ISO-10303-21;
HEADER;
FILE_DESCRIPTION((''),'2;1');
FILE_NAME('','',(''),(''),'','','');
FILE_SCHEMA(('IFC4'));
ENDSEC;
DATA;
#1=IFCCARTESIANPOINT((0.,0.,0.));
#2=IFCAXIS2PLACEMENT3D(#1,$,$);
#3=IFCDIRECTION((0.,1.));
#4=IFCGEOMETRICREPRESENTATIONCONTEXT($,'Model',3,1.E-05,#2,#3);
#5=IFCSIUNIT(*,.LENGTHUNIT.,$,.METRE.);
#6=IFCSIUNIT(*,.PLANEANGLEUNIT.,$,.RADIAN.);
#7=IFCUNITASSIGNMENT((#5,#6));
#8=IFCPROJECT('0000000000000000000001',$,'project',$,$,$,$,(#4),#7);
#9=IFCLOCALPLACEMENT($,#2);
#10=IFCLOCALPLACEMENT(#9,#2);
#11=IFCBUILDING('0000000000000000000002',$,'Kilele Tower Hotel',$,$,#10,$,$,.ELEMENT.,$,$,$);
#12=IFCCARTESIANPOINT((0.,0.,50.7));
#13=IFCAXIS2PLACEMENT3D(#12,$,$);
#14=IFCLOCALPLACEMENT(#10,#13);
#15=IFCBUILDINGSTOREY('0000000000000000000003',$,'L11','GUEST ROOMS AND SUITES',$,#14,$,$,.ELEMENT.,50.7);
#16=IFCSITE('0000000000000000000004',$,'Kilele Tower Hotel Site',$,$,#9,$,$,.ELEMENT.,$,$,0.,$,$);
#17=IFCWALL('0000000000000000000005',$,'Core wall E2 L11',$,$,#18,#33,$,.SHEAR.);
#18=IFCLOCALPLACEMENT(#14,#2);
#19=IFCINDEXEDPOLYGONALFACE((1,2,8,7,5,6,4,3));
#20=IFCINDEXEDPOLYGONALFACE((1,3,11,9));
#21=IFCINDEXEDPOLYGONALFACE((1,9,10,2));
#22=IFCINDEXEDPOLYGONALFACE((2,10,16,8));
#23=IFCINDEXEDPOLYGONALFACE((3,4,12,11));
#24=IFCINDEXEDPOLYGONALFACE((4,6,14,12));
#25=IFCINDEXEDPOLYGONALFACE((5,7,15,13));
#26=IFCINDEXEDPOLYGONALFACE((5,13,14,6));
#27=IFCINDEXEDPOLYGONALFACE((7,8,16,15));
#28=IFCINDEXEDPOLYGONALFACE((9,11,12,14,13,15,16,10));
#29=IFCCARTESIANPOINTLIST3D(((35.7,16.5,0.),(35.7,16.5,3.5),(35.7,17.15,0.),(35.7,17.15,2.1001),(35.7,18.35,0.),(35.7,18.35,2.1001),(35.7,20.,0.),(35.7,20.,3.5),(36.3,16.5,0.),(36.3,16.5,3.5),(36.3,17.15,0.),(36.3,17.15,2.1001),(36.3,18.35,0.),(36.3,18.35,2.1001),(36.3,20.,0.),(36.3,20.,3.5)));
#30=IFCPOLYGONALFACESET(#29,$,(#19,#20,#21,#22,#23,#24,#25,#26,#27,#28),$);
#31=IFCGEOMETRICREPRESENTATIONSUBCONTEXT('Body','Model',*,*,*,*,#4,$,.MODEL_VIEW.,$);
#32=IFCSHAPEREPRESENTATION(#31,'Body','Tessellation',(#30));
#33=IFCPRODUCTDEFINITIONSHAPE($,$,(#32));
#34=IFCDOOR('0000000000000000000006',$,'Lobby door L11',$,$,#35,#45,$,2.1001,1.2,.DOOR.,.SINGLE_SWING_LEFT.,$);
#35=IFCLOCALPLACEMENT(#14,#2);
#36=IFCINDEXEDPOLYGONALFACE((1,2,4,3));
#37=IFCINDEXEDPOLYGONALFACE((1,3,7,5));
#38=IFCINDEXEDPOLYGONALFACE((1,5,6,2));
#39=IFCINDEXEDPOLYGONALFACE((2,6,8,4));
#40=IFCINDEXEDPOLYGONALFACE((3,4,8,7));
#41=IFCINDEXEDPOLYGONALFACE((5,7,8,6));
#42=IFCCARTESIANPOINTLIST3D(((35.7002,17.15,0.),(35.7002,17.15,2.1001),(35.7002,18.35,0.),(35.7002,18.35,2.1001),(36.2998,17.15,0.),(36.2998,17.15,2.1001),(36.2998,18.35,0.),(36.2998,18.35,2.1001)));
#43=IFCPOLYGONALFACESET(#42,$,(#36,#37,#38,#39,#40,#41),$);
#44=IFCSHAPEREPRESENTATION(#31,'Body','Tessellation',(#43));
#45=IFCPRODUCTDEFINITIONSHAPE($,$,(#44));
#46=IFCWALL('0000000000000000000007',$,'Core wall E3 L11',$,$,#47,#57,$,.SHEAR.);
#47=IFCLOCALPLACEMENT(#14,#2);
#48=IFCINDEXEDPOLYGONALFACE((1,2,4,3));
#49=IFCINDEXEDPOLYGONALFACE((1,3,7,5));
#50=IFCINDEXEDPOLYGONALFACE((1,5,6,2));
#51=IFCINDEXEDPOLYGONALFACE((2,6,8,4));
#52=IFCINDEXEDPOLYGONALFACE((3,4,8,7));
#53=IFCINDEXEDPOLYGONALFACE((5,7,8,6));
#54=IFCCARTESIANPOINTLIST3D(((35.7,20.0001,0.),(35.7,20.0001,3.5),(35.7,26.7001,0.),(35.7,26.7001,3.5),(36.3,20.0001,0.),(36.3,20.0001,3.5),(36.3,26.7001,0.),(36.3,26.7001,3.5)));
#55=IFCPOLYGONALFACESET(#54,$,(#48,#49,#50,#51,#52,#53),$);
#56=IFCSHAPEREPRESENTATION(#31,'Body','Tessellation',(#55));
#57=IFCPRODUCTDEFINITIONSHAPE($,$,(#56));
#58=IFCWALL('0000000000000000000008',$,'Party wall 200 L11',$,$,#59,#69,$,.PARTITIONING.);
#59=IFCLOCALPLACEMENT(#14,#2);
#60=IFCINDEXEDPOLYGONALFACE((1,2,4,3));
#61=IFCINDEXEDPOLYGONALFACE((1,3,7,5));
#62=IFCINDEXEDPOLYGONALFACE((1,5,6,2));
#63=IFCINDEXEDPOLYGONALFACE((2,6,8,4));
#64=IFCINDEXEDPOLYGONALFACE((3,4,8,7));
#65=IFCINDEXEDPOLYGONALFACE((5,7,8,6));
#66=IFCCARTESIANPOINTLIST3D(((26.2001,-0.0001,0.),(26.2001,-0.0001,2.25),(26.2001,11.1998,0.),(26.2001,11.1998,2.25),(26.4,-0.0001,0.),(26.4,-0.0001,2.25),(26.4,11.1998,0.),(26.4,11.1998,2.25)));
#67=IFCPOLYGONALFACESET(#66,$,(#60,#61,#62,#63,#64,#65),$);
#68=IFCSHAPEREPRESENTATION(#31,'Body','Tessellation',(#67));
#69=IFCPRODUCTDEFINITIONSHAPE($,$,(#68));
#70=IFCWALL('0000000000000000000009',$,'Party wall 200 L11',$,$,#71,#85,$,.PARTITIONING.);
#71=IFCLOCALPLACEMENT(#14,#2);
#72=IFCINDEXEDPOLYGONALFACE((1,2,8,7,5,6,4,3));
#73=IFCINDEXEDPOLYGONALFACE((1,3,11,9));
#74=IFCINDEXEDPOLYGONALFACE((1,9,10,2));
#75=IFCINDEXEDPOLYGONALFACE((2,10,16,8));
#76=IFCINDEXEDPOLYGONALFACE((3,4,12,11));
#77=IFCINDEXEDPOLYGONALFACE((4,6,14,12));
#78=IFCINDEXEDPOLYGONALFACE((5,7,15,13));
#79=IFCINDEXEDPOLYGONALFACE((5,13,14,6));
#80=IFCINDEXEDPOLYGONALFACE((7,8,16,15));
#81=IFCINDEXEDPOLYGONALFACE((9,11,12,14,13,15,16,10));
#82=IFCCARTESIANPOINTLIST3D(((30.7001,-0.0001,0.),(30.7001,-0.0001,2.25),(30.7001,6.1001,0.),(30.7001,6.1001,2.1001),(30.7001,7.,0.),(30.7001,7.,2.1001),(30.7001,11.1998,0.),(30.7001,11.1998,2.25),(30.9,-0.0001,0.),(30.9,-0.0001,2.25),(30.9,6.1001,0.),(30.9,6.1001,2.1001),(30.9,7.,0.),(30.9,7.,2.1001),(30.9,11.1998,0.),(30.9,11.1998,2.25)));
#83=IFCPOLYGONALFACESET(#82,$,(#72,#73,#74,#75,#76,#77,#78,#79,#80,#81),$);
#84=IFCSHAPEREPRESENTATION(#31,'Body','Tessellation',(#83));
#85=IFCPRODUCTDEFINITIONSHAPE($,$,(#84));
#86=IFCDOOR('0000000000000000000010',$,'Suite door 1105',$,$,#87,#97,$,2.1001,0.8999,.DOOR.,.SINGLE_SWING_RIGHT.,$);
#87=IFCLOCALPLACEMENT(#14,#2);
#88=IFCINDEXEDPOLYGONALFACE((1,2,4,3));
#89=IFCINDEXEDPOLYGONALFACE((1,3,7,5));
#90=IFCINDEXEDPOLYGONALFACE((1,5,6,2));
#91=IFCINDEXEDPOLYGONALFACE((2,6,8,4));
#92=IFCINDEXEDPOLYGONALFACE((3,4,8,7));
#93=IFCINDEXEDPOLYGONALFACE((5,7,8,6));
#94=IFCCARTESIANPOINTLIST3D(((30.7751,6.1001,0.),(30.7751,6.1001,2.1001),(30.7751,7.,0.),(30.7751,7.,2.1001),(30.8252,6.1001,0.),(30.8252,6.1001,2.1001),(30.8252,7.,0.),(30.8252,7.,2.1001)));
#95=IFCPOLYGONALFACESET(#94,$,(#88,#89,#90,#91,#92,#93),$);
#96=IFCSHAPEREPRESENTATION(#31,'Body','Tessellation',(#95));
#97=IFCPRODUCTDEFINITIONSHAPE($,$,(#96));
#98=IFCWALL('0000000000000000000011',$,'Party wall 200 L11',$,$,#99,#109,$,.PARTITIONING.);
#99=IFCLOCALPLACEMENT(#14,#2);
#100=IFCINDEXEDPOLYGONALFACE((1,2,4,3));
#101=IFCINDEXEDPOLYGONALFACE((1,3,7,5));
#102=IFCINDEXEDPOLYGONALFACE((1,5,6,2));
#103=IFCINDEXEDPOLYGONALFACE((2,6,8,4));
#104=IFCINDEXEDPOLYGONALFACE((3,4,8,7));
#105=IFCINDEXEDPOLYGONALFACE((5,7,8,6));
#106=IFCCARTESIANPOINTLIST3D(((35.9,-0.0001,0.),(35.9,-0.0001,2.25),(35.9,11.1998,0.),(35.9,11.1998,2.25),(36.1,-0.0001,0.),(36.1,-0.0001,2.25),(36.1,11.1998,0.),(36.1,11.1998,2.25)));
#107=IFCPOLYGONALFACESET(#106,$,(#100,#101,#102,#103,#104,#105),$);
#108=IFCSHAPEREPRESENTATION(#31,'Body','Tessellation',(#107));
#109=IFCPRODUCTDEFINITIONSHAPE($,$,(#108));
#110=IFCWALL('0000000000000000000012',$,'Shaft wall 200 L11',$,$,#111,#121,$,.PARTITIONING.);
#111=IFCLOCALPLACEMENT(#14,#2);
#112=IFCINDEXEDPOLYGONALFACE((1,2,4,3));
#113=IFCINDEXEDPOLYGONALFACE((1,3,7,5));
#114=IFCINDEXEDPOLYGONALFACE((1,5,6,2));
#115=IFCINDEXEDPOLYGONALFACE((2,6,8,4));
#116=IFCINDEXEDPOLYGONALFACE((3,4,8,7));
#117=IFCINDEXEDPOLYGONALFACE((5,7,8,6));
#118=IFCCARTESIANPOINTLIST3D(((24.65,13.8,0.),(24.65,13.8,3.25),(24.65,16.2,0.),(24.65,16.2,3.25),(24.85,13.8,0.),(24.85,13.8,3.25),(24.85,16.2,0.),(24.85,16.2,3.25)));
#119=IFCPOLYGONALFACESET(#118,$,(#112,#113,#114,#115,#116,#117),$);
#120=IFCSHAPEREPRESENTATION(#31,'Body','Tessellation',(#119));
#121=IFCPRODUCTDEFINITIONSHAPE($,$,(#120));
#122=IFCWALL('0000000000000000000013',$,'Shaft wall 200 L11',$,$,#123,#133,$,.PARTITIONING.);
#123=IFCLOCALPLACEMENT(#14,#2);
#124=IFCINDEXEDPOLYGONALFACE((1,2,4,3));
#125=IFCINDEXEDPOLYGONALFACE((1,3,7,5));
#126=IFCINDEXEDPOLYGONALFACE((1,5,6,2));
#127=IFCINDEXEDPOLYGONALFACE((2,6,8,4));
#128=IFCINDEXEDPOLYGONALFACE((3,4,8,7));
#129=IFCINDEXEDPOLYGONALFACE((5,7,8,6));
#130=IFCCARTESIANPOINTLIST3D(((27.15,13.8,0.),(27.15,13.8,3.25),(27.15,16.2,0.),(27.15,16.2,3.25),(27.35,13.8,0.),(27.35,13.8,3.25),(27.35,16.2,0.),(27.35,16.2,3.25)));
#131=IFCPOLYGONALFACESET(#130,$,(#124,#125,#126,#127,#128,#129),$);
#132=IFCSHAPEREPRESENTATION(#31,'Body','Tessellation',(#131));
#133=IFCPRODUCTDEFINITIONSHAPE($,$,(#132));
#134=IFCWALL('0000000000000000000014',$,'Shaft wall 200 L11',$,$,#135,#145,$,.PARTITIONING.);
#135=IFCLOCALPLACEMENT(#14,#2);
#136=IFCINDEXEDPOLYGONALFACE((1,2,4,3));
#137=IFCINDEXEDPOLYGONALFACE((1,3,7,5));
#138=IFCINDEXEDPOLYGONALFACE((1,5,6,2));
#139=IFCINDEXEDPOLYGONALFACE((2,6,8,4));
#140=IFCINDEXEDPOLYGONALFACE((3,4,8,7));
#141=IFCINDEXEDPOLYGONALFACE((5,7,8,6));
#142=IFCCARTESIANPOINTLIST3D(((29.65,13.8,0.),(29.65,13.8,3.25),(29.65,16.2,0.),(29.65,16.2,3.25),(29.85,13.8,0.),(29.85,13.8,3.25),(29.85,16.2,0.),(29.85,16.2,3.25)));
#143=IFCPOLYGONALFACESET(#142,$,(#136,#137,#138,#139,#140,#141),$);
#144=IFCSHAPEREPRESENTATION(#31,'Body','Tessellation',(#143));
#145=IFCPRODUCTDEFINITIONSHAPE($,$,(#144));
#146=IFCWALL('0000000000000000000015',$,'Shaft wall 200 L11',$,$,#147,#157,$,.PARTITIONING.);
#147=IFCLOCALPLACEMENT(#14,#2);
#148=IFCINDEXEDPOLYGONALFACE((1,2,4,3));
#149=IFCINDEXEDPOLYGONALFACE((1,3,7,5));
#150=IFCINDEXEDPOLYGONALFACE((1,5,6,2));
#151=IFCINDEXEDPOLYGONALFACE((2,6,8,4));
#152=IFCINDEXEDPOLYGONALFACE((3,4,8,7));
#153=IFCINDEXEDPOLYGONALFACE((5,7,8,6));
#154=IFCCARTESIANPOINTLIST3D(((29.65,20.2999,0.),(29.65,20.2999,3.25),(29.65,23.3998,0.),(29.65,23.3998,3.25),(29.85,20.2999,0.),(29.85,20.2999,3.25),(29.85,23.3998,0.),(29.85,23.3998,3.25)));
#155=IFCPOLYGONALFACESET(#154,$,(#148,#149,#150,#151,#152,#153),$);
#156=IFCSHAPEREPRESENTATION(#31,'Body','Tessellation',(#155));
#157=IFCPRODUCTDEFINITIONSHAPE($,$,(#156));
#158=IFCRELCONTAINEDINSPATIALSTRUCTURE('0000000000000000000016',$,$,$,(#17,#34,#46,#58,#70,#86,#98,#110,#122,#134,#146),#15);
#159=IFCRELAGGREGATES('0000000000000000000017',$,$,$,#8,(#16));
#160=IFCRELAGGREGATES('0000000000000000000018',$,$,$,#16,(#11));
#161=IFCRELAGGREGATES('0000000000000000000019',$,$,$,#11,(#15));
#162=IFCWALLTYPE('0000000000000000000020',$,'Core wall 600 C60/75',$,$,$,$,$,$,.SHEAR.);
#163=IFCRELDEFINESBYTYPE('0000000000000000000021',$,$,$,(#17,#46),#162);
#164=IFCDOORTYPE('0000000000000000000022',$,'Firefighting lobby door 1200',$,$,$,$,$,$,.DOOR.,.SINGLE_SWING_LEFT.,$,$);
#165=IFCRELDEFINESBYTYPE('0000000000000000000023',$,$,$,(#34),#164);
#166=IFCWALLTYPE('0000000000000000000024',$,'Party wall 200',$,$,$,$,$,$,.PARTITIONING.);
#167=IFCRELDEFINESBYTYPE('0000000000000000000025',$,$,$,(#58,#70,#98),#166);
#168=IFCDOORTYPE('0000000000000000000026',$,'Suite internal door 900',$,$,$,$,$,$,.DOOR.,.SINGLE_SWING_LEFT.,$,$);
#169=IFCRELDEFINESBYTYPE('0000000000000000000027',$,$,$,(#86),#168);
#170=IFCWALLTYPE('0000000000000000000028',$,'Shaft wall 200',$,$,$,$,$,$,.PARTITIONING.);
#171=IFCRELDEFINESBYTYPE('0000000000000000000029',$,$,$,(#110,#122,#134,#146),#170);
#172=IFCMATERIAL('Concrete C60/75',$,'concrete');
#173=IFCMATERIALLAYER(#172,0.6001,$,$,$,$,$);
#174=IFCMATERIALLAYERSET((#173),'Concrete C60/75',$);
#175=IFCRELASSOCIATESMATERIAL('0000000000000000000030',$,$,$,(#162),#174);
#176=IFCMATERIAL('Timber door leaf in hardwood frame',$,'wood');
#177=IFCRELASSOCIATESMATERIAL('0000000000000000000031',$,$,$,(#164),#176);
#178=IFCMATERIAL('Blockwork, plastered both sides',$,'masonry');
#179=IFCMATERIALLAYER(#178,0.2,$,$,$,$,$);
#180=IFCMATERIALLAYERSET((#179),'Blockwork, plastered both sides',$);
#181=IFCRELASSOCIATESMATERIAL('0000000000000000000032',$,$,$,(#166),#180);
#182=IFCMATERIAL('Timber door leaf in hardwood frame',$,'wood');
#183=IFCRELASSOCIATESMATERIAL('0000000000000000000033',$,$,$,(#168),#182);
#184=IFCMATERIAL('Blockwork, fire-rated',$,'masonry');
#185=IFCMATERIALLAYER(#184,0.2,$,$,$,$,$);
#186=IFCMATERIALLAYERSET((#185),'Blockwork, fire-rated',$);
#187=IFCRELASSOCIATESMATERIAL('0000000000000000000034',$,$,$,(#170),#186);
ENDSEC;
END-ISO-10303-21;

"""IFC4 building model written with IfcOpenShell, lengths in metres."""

from ifc_helpers import new_model, si_unit, direction, frame, frame_2d, origin, place, context, subcontext, project, spatial, rectangle, extrude, material, layer, layer_set, type_object, element, fill, save


model = new_model("IFC4")

# Units and contexts
model_context = context("Model", 3, precision=1e-05, world=origin(), true_north=direction((0.0, 1.0)))
body_context = subcontext(model_context, "Body", "Model", "MODEL_VIEW")
ifc_project = project(units=[si_unit("LENGTHUNIT", "METRE"), si_unit("PLANEANGLEUNIT", "RADIAN")], contexts=[model_context])

# Site, building, storey
site_placement = place(None, origin())
site = spatial("IfcSite", under=ifc_project, at=site_placement, Name="Kilele Tower Hotel Site", CompositionType="ELEMENT", RefElevation=0.0)
building_placement = place(site_placement, origin())
building = spatial("IfcBuilding", under=site, at=building_placement, Name="Kilele Tower Hotel", CompositionType="ELEMENT")
storey_placement = place(building_placement, frame((0.0, 0.0, 50.7)))
storey = spatial("IfcBuildingStorey", under=building, at=storey_placement, Name="L11", Description="GUEST ROOMS AND SUITES", CompositionType="ELEMENT", Elevation=50.7)

# Shared definitions
ifc_material_1 = material(Name="Concrete C60/75", Category="concrete")
ifc_layer_1 = layer(ifc_material_1, 0.6001)
ifc_layer_set_1 = layer_set([ifc_layer_1], Name="Concrete C60/75")
wall_type_1 = type_object("IfcWallType", Name="Core wall 600 C60/75", PredefinedType="SHEAR", material=ifc_layer_set_1)
ifc_material_2 = material(Name="Timber door leaf in hardwood frame", Category="wood")
door_type_1 = type_object("IfcDoorType", Name="Firefighting lobby door 1200", OperationType="SINGLE_SWING_LEFT", PredefinedType="DOOR", material=ifc_material_2)

# Wall, opening, door
wall_1_placement = place(storey_placement, frame((36.0, 16.5, 0.0), z_axis=(0.0, 0.0, 1.0), x_axis=(0.0, 1.0, 0.0)))
wall_1 = element("IfcWall", 1, at=wall_1_placement, inside=storey, type_object=wall_type_1, Name="Core wall E2 L11", PredefinedType="SHEAR", context=body_context, shape_type="SweptSolid", body=[
    extrude(rectangle(XDim=3.5, YDim=0.6001, at=frame_2d((1.75, 0.0))), origin(), (0.0, 0.0, 1.0), 3.5),
])
opening_1_placement = place(wall_1_placement, frame((0.6499, 0.0, 0.0)))
opening_1 = element("IfcOpeningElement", 2, at=opening_1_placement, cuts=wall_1, PredefinedType="OPENING", context=body_context, shape_type="SweptSolid", body=[
    extrude(rectangle(XDim=1.2, YDim=2.1001, at=frame_2d((0.6001, 1.05))), frame((0.0, 0.3101, 0.0), z_axis=(0.0, -1.0, 0.0), x_axis=(1.0, 0.0, 0.0)), (0.0, 0.0, 1.0), 0.6201),
])
door_1_placement = place(opening_1_placement, origin())
door_1 = element("IfcDoor", 3, at=door_1_placement, inside=storey, type_object=door_type_1, Name="Lobby door L11", OperationType="SINGLE_SWING_LEFT", OverallHeight=2.1001, OverallWidth=1.2, PredefinedType="DOOR", context=body_context, shape_type="SweptSolid", body=[
    extrude(rectangle(XDim=1.2, YDim=2.1001, at=frame_2d((0.6001, 1.05))), frame((0.0, 0.2998, 0.0), z_axis=(0.0, -1.0, 0.0), x_axis=(1.0, 0.0, 0.0)), (0.0, 0.0, 1.0), 0.5996),
])
fill(opening_1, door_1)

# Walls
wall_2_placement = place(storey_placement, frame((36.0, 20.0, 0.0), z_axis=(0.0, 0.0, 1.0), x_axis=(0.0, 1.0, 0.0)))
element("IfcWall", 4, at=wall_2_placement, inside=storey, type_object=wall_type_1, Name="Core wall E3 L11", PredefinedType="SHEAR", context=body_context, shape_type="SweptSolid", body=[
    extrude(rectangle(XDim=6.7, YDim=0.6001, at=frame_2d((3.3501, 0.0))), origin(), (0.0, 0.0, 1.0), 3.5),
])
ifc_material_3 = material(Name="Blockwork, plastered both sides", Category="masonry")
ifc_layer_2 = layer(ifc_material_3, 0.2)
ifc_layer_set_2 = layer_set([ifc_layer_2], Name="Blockwork, plastered both sides")
wall_type_2 = type_object("IfcWallType", Name="Party wall 200", PredefinedType="PARTITIONING", material=ifc_layer_set_2)
wall_3_placement = place(storey_placement, frame((26.3, 11.2, 0.0), z_axis=(0.0, 0.0, 1.0), x_axis=(0.0, -1.0, 0.0)))
element("IfcWall", 5, at=wall_3_placement, inside=storey, type_object=wall_type_2, Name="Party wall 200 L11", PredefinedType="PARTITIONING", context=body_context, shape_type="SweptSolid", body=[
    extrude(rectangle(XDim=11.2, YDim=0.2, at=frame_2d((5.6001, 0.0))), origin(), (0.0, 0.0, 1.0), 2.25),
])

# Wall, opening, door
wall_4_placement = place(storey_placement, frame((30.8, 11.2, 0.0), z_axis=(0.0, 0.0, 1.0), x_axis=(0.0, -1.0, 0.0)))
wall_4 = element("IfcWall", 6, at=wall_4_placement, inside=storey, type_object=wall_type_2, Name="Party wall 200 L11", PredefinedType="PARTITIONING", context=body_context, shape_type="SweptSolid", body=[
    extrude(rectangle(XDim=11.2, YDim=0.2, at=frame_2d((5.6001, 0.0))), origin(), (0.0, 0.0, 1.0), 2.25),
])
opening_2_placement = place(wall_4_placement, frame((5.0999, 0.0, 0.0), z_axis=(0.0, 0.0, 1.0), x_axis=(-1.0, 0.0, 0.0)))
opening_2 = element("IfcOpeningElement", 7, at=opening_2_placement, cuts=wall_4, PredefinedType="OPENING", context=body_context, shape_type="SweptSolid", body=[
    extrude(rectangle(XDim=0.8999, YDim=2.1001, at=frame_2d((0.45, 1.05))), frame((0.0, 0.1099, 0.0), z_axis=(0.0, -1.0, 0.0), x_axis=(1.0, 0.0, 0.0)), (0.0, 0.0, 1.0), 0.22),
])
ifc_material_4 = material(Name="Timber door leaf in hardwood frame", Category="wood")
door_type_2 = type_object("IfcDoorType", Name="Suite internal door 900", OperationType="SINGLE_SWING_LEFT", PredefinedType="DOOR", material=ifc_material_4)
door_2_placement = place(opening_2_placement, origin())
door_2 = element("IfcDoor", 8, at=door_2_placement, inside=storey, type_object=door_type_2, Name="Suite door 1105", OperationType="SINGLE_SWING_RIGHT", OverallHeight=2.1001, OverallWidth=0.8999, PredefinedType="DOOR", context=body_context, shape_type="SweptSolid", body=[
    extrude(rectangle(XDim=0.8999, YDim=2.1001, at=frame_2d((0.45, 1.05))), frame((0.0, 0.0249, 0.0), z_axis=(0.0, -1.0, 0.0), x_axis=(1.0, 0.0, 0.0)), (0.0, 0.0, 1.0), 0.05),
])
fill(opening_2, door_2)

# Walls
wall_5_placement = place(storey_placement, frame((36.0, 11.2, 0.0), z_axis=(0.0, 0.0, 1.0), x_axis=(0.0, -1.0, 0.0)))
element("IfcWall", 9, at=wall_5_placement, inside=storey, type_object=wall_type_2, Name="Party wall 200 L11", PredefinedType="PARTITIONING", context=body_context, shape_type="SweptSolid", body=[
    extrude(rectangle(XDim=11.2, YDim=0.2, at=frame_2d((5.6001, 0.0))), origin(), (0.0, 0.0, 1.0), 2.25),
])
ifc_material_5 = material(Name="Blockwork, fire-rated", Category="masonry")
ifc_layer_3 = layer(ifc_material_5, 0.2)
ifc_layer_set_3 = layer_set([ifc_layer_3], Name="Blockwork, fire-rated")
wall_type_3 = type_object("IfcWallType", Name="Shaft wall 200", PredefinedType="PARTITIONING", material=ifc_layer_set_3)
for number, where, z_axis, x_axis, name in (
    (10, (24.75, 13.8, 0.0), (0.0, 0.0, 1.0), (0.0, 1.0, 0.0), "Shaft wall 200 L11"),
    (11, (27.25, 13.8, 0.0), (0.0, 0.0, 1.0), (0.0, 1.0, 0.0), "Shaft wall 200 L11"),
    (12, (29.75, 13.8, 0.0), (0.0, 0.0, 1.0), (0.0, 1.0, 0.0), "Shaft wall 200 L11"),
):
    element("IfcWall", number, at=place(storey_placement, frame(where, z_axis=z_axis, x_axis=x_axis)), inside=storey, type_object=wall_type_3, Name=name, PredefinedType="PARTITIONING", context=body_context, shape_type="SweptSolid", body=[
        extrude(rectangle(XDim=2.3999, YDim=0.2, at=frame_2d((1.2, 0.0))), origin(), (0.0, 0.0, 1.0), 3.25),
    ])
wall_6_placement = place(storey_placement, frame((29.75, 20.3, 0.0), z_axis=(0.0, 0.0, 1.0), x_axis=(0.0, 1.0, 0.0)))
element("IfcWall", 13, at=wall_6_placement, inside=storey, type_object=wall_type_3, Name="Shaft wall 200 L11", PredefinedType="PARTITIONING", context=body_context, shape_type="SweptSolid", body=[
    extrude(rectangle(XDim=3.0999, YDim=0.2, at=frame_2d((1.5498, 0.0))), origin(), (0.0, 0.0, 1.0), 3.25),
])

save(model, "model.ifc")
